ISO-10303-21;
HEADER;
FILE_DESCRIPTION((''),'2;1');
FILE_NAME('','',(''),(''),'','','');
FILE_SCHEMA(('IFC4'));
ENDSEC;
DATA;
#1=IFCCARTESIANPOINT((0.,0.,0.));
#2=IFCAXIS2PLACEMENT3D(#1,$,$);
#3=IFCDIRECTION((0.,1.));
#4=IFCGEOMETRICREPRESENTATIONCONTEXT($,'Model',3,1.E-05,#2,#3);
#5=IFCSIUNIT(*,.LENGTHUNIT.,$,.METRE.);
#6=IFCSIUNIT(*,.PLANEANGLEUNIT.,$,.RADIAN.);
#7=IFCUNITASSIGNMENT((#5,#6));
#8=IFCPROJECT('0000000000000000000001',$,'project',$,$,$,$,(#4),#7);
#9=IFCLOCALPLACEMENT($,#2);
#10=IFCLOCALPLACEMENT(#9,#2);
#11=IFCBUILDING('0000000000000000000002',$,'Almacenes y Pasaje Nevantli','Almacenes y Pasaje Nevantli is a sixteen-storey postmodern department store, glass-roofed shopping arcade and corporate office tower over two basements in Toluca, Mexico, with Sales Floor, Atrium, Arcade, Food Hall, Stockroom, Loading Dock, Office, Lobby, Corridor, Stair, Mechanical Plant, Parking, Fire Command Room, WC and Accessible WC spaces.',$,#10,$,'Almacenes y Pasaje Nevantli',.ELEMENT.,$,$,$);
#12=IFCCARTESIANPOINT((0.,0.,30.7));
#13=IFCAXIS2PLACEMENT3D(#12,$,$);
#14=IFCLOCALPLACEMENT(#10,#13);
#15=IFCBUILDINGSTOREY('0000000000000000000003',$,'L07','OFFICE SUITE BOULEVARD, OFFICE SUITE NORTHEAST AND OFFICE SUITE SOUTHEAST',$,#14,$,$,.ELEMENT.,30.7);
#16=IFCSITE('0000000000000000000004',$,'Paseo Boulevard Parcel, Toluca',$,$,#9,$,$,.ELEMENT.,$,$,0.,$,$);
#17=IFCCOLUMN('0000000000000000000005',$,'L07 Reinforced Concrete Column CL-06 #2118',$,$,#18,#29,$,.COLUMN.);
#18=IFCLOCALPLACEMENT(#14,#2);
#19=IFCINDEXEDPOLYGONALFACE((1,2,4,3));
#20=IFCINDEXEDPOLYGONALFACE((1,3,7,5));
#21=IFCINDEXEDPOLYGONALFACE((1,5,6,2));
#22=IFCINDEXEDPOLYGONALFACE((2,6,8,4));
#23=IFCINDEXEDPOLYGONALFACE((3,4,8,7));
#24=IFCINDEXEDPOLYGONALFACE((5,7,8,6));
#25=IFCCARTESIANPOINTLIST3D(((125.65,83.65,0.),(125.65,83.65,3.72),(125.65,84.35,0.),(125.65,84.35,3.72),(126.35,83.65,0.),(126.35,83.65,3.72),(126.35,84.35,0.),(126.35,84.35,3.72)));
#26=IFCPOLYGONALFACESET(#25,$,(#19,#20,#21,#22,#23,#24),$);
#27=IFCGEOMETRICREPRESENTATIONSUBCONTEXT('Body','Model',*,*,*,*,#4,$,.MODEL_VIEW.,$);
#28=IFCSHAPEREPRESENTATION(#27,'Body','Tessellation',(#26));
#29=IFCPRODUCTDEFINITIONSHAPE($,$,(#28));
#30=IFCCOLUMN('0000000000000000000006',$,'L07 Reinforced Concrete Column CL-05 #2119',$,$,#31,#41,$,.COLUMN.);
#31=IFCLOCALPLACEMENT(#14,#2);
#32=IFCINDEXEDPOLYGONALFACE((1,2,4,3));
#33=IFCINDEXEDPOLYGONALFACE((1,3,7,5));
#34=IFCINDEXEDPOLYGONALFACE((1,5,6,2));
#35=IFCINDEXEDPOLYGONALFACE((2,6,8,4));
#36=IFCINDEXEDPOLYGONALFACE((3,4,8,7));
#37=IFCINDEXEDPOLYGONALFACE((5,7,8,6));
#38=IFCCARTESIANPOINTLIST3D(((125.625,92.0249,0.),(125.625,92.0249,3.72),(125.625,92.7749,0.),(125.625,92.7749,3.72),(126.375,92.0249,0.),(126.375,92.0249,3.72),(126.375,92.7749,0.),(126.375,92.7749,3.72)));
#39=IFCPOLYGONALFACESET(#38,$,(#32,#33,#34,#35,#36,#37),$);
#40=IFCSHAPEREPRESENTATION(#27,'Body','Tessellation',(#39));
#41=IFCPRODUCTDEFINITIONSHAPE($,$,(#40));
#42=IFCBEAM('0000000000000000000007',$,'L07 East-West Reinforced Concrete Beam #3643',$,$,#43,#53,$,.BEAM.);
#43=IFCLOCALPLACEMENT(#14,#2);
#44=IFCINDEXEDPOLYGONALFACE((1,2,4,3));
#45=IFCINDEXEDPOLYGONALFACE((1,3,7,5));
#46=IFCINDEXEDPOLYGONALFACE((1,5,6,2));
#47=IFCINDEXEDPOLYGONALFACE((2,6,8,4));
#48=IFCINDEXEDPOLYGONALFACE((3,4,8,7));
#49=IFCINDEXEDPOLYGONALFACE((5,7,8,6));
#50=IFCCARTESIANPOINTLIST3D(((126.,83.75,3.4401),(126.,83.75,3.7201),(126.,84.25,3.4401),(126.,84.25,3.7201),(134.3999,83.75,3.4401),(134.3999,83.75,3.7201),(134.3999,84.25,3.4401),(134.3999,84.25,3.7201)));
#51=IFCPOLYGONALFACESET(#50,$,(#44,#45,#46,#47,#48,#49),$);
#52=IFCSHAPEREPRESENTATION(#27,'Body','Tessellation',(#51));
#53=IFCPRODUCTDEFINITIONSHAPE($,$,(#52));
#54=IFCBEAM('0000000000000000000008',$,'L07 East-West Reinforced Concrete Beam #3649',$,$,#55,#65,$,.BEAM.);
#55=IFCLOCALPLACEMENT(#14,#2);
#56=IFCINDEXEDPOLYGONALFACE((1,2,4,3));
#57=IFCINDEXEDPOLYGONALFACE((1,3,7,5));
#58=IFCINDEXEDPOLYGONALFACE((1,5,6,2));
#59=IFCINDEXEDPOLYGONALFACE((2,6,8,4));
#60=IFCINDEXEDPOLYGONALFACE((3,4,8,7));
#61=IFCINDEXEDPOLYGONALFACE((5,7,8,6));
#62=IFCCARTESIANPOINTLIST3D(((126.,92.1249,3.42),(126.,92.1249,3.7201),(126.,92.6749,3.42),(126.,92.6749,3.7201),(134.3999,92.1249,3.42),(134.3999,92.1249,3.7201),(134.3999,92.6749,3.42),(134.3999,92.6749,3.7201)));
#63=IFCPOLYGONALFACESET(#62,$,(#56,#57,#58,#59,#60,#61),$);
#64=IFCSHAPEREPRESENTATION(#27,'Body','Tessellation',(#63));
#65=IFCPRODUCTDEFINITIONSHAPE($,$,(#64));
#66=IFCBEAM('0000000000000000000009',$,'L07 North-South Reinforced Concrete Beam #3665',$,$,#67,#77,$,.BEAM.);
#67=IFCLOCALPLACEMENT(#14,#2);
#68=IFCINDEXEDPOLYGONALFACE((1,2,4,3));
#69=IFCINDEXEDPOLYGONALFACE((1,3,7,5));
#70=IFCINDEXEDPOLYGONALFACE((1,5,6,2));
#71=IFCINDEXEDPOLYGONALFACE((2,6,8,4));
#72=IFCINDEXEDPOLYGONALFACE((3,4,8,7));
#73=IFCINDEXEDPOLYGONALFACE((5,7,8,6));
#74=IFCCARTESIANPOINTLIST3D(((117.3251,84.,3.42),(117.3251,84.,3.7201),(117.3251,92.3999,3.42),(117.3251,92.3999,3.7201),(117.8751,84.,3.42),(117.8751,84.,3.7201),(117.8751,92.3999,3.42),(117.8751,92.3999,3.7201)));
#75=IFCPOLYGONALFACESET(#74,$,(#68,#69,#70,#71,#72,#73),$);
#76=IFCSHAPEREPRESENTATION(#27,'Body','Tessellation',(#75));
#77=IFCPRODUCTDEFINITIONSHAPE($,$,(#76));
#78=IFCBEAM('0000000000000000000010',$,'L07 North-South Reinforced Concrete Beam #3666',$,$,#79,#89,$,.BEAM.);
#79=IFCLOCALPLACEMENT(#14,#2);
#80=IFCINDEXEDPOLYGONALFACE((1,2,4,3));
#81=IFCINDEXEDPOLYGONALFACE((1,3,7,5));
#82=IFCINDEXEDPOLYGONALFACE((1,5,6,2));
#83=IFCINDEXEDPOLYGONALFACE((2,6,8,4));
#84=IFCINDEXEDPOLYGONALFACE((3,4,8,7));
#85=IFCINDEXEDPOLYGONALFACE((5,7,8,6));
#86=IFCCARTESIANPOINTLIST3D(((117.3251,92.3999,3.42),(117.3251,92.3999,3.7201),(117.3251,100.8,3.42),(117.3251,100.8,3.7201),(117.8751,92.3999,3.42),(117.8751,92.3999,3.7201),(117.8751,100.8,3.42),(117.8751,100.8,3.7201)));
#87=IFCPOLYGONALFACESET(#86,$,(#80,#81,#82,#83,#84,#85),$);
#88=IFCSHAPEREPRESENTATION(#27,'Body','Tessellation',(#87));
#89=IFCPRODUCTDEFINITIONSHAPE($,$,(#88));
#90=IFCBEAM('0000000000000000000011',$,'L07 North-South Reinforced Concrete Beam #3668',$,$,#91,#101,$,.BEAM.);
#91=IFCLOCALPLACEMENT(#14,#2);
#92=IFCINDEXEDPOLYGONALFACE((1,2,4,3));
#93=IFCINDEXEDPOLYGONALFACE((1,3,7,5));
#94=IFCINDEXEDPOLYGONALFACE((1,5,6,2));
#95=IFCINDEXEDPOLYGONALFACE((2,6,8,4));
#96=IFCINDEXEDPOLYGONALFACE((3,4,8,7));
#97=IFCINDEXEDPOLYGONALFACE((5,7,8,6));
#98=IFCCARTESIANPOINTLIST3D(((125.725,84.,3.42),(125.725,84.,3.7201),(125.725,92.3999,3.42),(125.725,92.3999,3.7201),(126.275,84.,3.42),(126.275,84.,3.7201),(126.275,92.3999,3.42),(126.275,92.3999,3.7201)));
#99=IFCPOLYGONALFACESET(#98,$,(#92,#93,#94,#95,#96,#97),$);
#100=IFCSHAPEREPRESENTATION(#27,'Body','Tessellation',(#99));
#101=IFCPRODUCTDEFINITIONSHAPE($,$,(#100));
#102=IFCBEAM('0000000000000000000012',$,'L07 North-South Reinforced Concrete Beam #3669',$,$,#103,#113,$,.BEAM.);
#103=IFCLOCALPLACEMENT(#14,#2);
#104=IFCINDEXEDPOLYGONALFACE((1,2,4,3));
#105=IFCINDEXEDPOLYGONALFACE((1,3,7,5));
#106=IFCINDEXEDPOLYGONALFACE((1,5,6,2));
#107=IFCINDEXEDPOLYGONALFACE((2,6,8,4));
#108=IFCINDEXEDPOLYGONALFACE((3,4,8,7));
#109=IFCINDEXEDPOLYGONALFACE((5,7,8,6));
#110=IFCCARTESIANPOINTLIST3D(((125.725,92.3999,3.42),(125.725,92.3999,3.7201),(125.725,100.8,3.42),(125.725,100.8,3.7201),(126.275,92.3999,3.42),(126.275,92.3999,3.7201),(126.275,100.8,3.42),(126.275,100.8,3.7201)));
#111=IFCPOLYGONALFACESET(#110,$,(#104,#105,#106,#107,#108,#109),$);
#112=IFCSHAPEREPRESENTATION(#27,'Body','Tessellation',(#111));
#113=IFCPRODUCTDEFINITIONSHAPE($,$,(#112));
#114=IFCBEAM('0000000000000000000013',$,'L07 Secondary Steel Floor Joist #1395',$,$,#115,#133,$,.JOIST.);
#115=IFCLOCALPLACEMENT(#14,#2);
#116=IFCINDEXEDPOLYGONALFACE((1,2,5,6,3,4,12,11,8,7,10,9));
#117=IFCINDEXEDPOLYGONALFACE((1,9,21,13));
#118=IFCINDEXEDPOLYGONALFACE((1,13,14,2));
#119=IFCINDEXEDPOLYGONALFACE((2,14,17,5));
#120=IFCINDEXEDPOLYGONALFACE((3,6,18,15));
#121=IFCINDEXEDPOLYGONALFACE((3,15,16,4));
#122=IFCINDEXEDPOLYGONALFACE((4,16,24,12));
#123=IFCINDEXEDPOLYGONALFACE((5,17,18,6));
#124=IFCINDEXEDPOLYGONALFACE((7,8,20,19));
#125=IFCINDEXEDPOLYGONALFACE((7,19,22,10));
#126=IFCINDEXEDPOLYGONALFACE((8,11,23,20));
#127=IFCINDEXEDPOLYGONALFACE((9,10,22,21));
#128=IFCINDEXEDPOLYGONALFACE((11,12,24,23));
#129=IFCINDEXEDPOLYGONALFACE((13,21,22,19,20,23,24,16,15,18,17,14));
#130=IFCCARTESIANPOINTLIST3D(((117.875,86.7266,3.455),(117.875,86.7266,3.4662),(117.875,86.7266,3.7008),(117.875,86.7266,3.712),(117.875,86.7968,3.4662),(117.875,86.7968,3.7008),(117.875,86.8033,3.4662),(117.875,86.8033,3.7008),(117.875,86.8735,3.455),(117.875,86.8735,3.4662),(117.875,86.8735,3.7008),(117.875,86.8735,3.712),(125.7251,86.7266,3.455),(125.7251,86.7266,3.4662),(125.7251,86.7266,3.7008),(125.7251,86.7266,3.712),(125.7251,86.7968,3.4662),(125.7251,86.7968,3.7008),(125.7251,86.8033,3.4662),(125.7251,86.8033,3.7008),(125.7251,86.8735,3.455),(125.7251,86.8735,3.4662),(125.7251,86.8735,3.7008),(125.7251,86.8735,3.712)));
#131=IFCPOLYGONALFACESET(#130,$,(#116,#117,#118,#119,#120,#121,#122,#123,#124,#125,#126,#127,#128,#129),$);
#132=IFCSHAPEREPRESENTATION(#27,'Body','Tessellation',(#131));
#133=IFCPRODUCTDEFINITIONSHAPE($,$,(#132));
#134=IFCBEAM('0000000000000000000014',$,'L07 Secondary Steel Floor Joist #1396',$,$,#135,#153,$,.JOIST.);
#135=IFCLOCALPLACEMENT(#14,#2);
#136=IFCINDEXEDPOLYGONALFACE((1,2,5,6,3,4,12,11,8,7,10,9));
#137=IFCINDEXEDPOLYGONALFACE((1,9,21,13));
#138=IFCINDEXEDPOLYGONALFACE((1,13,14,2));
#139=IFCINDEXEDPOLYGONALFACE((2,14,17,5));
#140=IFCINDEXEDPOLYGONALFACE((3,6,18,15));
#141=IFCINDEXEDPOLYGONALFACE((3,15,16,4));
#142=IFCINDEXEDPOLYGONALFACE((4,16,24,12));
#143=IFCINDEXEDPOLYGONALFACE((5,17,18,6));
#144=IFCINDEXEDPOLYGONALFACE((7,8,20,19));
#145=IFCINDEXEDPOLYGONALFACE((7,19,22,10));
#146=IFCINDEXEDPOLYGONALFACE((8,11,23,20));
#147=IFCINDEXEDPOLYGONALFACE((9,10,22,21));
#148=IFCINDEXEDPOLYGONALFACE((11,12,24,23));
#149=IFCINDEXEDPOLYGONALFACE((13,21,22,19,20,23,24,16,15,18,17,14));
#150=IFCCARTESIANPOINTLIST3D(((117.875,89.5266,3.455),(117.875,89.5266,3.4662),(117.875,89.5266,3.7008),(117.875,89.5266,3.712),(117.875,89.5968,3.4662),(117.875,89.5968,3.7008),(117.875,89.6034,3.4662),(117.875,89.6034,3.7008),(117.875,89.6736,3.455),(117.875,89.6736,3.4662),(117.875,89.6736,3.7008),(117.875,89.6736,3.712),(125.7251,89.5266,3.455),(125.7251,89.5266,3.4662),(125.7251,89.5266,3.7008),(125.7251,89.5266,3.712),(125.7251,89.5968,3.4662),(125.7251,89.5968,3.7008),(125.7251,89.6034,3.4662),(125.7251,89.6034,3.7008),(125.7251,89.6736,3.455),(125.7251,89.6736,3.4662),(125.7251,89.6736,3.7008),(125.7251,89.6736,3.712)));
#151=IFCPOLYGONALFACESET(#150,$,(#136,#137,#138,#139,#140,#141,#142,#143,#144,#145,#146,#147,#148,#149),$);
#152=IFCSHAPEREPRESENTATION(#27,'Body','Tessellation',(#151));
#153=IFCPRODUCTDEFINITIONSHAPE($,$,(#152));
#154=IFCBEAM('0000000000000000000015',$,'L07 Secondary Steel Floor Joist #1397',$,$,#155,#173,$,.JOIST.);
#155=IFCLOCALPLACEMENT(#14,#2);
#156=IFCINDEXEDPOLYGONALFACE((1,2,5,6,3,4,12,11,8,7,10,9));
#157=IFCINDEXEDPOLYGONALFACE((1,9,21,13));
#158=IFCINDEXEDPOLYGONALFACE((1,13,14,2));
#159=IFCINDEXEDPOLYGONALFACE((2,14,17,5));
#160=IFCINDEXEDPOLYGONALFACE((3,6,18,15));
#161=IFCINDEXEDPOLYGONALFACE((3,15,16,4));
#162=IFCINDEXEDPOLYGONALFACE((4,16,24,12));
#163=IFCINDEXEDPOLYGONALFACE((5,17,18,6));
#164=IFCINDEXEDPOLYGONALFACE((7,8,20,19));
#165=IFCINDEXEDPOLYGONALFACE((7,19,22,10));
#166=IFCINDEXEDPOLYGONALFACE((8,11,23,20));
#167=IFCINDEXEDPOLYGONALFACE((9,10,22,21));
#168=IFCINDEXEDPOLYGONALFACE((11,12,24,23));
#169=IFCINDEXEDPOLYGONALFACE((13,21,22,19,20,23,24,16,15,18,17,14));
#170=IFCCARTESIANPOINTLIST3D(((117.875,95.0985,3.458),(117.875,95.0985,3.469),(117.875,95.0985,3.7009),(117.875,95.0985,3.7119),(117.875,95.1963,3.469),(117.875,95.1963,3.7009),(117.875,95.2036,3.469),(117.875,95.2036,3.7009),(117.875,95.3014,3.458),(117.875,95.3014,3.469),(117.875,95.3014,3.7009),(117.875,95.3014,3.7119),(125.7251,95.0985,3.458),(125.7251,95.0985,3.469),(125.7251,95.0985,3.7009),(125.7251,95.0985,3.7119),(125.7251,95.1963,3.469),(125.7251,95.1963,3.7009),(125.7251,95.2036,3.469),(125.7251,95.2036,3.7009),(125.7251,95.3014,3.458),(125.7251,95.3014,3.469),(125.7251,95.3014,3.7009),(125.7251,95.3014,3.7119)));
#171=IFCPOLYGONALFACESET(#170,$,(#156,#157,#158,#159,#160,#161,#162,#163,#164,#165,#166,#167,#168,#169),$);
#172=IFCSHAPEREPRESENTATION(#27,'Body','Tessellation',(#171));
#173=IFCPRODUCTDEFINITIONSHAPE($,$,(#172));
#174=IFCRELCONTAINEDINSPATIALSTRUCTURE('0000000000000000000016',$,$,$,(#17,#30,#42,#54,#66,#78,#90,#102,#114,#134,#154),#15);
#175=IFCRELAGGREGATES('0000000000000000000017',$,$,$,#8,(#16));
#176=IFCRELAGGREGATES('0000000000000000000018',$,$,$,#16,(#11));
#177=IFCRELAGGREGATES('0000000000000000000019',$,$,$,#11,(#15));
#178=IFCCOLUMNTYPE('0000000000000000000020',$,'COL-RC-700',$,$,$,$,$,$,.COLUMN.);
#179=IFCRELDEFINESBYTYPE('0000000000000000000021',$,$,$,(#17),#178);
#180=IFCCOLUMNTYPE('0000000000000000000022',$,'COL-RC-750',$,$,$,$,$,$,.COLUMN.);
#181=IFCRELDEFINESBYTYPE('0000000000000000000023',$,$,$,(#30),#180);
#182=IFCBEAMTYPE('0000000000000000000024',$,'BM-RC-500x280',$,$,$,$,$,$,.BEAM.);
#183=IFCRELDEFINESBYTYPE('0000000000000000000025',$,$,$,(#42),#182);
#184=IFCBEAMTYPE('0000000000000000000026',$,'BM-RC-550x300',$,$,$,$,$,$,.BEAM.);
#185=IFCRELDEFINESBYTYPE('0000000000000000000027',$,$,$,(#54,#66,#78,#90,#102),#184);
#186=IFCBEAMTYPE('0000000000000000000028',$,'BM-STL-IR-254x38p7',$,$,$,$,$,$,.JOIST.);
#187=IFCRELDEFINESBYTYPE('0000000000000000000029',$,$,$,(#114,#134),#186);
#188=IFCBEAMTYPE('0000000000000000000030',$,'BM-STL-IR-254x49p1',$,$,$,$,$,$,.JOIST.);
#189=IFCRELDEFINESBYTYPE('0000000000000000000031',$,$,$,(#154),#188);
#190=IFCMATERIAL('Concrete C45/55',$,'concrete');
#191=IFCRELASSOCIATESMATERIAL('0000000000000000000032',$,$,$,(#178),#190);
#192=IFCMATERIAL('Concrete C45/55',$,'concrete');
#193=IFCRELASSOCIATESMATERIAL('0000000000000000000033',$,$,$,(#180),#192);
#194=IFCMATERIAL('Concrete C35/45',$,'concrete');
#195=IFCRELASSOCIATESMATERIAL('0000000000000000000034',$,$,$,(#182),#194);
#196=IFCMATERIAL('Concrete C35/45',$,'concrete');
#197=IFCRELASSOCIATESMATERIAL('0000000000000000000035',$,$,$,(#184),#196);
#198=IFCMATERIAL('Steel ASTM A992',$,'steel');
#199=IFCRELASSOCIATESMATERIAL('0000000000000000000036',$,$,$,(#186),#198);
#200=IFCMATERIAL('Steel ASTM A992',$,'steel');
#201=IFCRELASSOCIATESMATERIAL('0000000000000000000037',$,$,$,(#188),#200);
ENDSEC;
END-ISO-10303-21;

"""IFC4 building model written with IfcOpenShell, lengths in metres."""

from ifc_helpers import new_model, si_unit, direction, frame, origin, origin_2d, place, context, subcontext, project, spatial, rectangle, i_section, extrude, material, material_profile, profile_set, type_object, element, save


model = new_model("IFC4")

# Units and contexts
model_context = context("Model", 3, precision=1e-05, world=origin(), true_north=direction((0.0, 1.0)))
body_context = subcontext(model_context, "Body", "Model", "MODEL_VIEW")
ifc_project = project(units=[si_unit("LENGTHUNIT", "METRE"), si_unit("PLANEANGLEUNIT", "RADIAN")], contexts=[model_context])

# Site, building, storey
site_placement = place(None, origin())
site = spatial("IfcSite", under=ifc_project, at=site_placement, Name="Paseo Boulevard Parcel, Toluca", CompositionType="ELEMENT", RefElevation=0.0)
building_placement = place(site_placement, origin())
building = spatial("IfcBuilding", under=site, at=building_placement, Name="Almacenes y Pasaje Nevantli", Description="Almacenes y Pasaje Nevantli is a sixteen-storey postmodern department store, glass-roofed shopping arcade and corporate office tower over two basements in Toluca, Mexico, with Sales Floor, Atrium, Arcade, Food Hall, Stockroom, Loading Dock, Office, Lobby, Corridor, Stair, Mechanical Plant, Parking, Fire Command Room, WC and Accessible WC spaces.", LongName="Almacenes y Pasaje Nevantli", CompositionType="ELEMENT")
storey_placement = place(building_placement, frame((0.0, 0.0, 30.7)))
storey = spatial("IfcBuildingStorey", under=building, at=storey_placement, Name="L07", Description="OFFICE SUITE BOULEVARD, OFFICE SUITE NORTHEAST AND OFFICE SUITE SOUTHEAST", CompositionType="ELEMENT", Elevation=30.7)

# Columns
ifc_material_1 = material(Name="Concrete C45/55", Category="concrete")
ifc_material_profile_1 = material_profile(ifc_material_1, rectangle(XDim=0.7, YDim=0.7, at=origin_2d()), Name="RC-COL-700x700")
ifc_profile_set_1 = profile_set([ifc_material_profile_1], Name="Concrete C45/55")
column_type_1 = type_object("IfcColumnType", Name="COL-RC-700", PredefinedType="COLUMN", material=ifc_profile_set_1)
column_1_placement = place(storey_placement, frame((126.0, 84.0, 0.0), z_axis=(0.0, 0.0, 1.0), x_axis=(1.0, 0.0, 0.0)))
element("IfcColumn", 1, at=column_1_placement, inside=storey, type_object=column_type_1, Name="L07 Reinforced Concrete Column CL-06 #2118", PredefinedType="COLUMN", context=body_context, shape_type="SweptSolid", body=[
    extrude(rectangle(XDim=0.7, YDim=0.7, at=origin_2d()), origin(), (0.0, 0.0, 1.0), 3.72),
])
ifc_material_2 = material(Name="Concrete C45/55", Category="concrete")
ifc_material_profile_2 = material_profile(ifc_material_2, rectangle(XDim=0.75, YDim=0.75, at=origin_2d()), Name="RC-COL-750x750")
ifc_profile_set_2 = profile_set([ifc_material_profile_2], Name="Concrete C45/55")
column_type_2 = type_object("IfcColumnType", Name="COL-RC-750", PredefinedType="COLUMN", material=ifc_profile_set_2)
column_2_placement = place(storey_placement, frame((126.0, 92.3999, 0.0), z_axis=(0.0, 0.0, 1.0), x_axis=(1.0, 0.0, 0.0)))
element("IfcColumn", 2, at=column_2_placement, inside=storey, type_object=column_type_2, Name="L07 Reinforced Concrete Column CL-05 #2119", PredefinedType="COLUMN", context=body_context, shape_type="SweptSolid", body=[
    extrude(rectangle(XDim=0.75, YDim=0.75, at=origin_2d()), origin(), (0.0, 0.0, 1.0), 3.72),
])

# Beams
ifc_material_3 = material(Name="Concrete C35/45", Category="concrete")
ifc_material_profile_3 = material_profile(ifc_material_3, rectangle(XDim=0.5, YDim=0.28, at=origin_2d()), Name="RC-BM-500x280")
ifc_profile_set_3 = profile_set([ifc_material_profile_3], Name="Concrete C35/45")
beam_type_1 = type_object("IfcBeamType", Name="BM-RC-500x280", PredefinedType="BEAM", material=ifc_profile_set_3)
beam_1_placement = place(storey_placement, frame((126.0, 84.0, 3.5801), z_axis=(1.0, 0.0, 0.0), x_axis=(0.0, 1.0, 0.0)))
element("IfcBeam", 3, at=beam_1_placement, inside=storey, type_object=beam_type_1, Name="L07 East-West Reinforced Concrete Beam #3643", PredefinedType="BEAM", context=body_context, shape_type="SweptSolid", body=[
    extrude(rectangle(XDim=0.5, YDim=0.28, at=origin_2d()), origin(), (0.0, 0.0, 1.0), 8.3999),
])
ifc_material_4 = material(Name="Concrete C35/45", Category="concrete")
ifc_material_profile_4 = material_profile(ifc_material_4, rectangle(XDim=0.55, YDim=0.3, at=origin_2d()), Name="RC-BM-550x300")
ifc_profile_set_4 = profile_set([ifc_material_profile_4], Name="Concrete C35/45")
beam_type_2 = type_object("IfcBeamType", Name="BM-RC-550x300", PredefinedType="BEAM", material=ifc_profile_set_4)
for number, where, z_axis, x_axis, name in (
    (4, (126.0, 92.3999, 3.5701), (1.0, 0.0, 0.0), (0.0, 1.0, 0.0), "L07 East-West Reinforced Concrete Beam #3649"),
    (5, (117.6001, 84.0, 3.5701), (0.0, 1.0, 0.0), (-1.0, 0.0, 0.0), "L07 North-South Reinforced Concrete Beam #3665"),
):
    element("IfcBeam", number, at=place(storey_placement, frame(where, z_axis=z_axis, x_axis=x_axis)), inside=storey, type_object=beam_type_2, Name=name, PredefinedType="BEAM", context=body_context, shape_type="SweptSolid", body=[
        extrude(rectangle(XDim=0.55, YDim=0.3, at=origin_2d()), origin(), (0.0, 0.0, 1.0), 8.3999),
    ])
beam_2_placement = place(storey_placement, frame((117.6001, 92.3999, 3.5701), z_axis=(0.0, 1.0, 0.0), x_axis=(-1.0, 0.0, 0.0)))
element("IfcBeam", 6, at=beam_2_placement, inside=storey, type_object=beam_type_2, Name="L07 North-South Reinforced Concrete Beam #3666", PredefinedType="BEAM", context=body_context, shape_type="SweptSolid", body=[
    extrude(rectangle(XDim=0.55, YDim=0.3, at=origin_2d()), origin(), (0.0, 0.0, 1.0), 8.4001),
])
beam_3_placement = place(storey_placement, frame((126.0, 84.0, 3.5701), z_axis=(0.0, 1.0, 0.0), x_axis=(-1.0, 0.0, 0.0)))
element("IfcBeam", 7, at=beam_3_placement, inside=storey, type_object=beam_type_2, Name="L07 North-South Reinforced Concrete Beam #3668", PredefinedType="BEAM", context=body_context, shape_type="SweptSolid", body=[
    extrude(rectangle(XDim=0.55, YDim=0.3, at=origin_2d()), origin(), (0.0, 0.0, 1.0), 8.3999),
])
beam_4_placement = place(storey_placement, frame((126.0, 92.3999, 3.5701), z_axis=(0.0, 1.0, 0.0), x_axis=(-1.0, 0.0, 0.0)))
element("IfcBeam", 8, at=beam_4_placement, inside=storey, type_object=beam_type_2, Name="L07 North-South Reinforced Concrete Beam #3669", PredefinedType="BEAM", context=body_context, shape_type="SweptSolid", body=[
    extrude(rectangle(XDim=0.55, YDim=0.3, at=origin_2d()), origin(), (0.0, 0.0, 1.0), 8.4001),
])
ifc_material_5 = material(Name="Steel ASTM A992", Category="steel")
ifc_material_profile_5 = material_profile(ifc_material_5, i_section(OverallWidth=0.147, OverallDepth=0.2571, WebThickness=0.0066, FlangeThickness=0.0112, at=origin_2d()), Name="IR 254x38.7")
ifc_profile_set_5 = profile_set([ifc_material_profile_5], Name="Steel ASTM A992")
beam_type_3 = type_object("IfcBeamType", Name="BM-STL-IR-254x38p7", PredefinedType="JOIST", material=ifc_profile_set_5)
for number, where, z_axis, x_axis, name in (
    (9, (117.875, 86.8, 3.5835), (1.0, 0.0, 0.0), (0.0, 1.0, 0.0), "L07 Secondary Steel Floor Joist #1395"),
    (10, (117.875, 89.6001, 3.5835), (1.0, 0.0, 0.0), (0.0, 1.0, 0.0), "L07 Secondary Steel Floor Joist #1396"),
):
    element("IfcBeam", number, at=place(storey_placement, frame(where, z_axis=z_axis, x_axis=x_axis)), inside=storey, type_object=beam_type_3, Name=name, PredefinedType="JOIST", context=body_context, shape_type="SweptSolid", body=[
        extrude(i_section(OverallWidth=0.147, OverallDepth=0.2571, WebThickness=0.0066, FlangeThickness=0.0112, at=origin_2d()), origin(), (0.0, 0.0, 1.0), 7.8501),
    ])
ifc_material_6 = material(Name="Steel ASTM A992", Category="steel")
ifc_material_profile_6 = material_profile(ifc_material_6, i_section(OverallWidth=0.2029, OverallDepth=0.2539, WebThickness=0.0073, FlangeThickness=0.011, at=origin_2d()), Name="IR 254x49.1")
ifc_profile_set_6 = profile_set([ifc_material_profile_6], Name="Steel ASTM A992")
beam_type_4 = type_object("IfcBeamType", Name="BM-STL-IR-254x49p1", PredefinedType="JOIST", material=ifc_profile_set_6)
for number, where, z_axis, x_axis, name in (
    (11, (117.875, 95.2, 3.585), (1.0, 0.0, 0.0), (0.0, 1.0, 0.0), "L07 Secondary Steel Floor Joist #1397"),
):
    element("IfcBeam", number, at=place(storey_placement, frame(where, z_axis=z_axis, x_axis=x_axis)), inside=storey, type_object=beam_type_4, Name=name, PredefinedType="JOIST", context=body_context, shape_type="SweptSolid", body=[
        extrude(i_section(OverallWidth=0.2029, OverallDepth=0.2539, WebThickness=0.0073, FlangeThickness=0.011, at=origin_2d()), origin(), (0.0, 0.0, 1.0), 7.8501),
    ])

save(model, "model.ifc")
